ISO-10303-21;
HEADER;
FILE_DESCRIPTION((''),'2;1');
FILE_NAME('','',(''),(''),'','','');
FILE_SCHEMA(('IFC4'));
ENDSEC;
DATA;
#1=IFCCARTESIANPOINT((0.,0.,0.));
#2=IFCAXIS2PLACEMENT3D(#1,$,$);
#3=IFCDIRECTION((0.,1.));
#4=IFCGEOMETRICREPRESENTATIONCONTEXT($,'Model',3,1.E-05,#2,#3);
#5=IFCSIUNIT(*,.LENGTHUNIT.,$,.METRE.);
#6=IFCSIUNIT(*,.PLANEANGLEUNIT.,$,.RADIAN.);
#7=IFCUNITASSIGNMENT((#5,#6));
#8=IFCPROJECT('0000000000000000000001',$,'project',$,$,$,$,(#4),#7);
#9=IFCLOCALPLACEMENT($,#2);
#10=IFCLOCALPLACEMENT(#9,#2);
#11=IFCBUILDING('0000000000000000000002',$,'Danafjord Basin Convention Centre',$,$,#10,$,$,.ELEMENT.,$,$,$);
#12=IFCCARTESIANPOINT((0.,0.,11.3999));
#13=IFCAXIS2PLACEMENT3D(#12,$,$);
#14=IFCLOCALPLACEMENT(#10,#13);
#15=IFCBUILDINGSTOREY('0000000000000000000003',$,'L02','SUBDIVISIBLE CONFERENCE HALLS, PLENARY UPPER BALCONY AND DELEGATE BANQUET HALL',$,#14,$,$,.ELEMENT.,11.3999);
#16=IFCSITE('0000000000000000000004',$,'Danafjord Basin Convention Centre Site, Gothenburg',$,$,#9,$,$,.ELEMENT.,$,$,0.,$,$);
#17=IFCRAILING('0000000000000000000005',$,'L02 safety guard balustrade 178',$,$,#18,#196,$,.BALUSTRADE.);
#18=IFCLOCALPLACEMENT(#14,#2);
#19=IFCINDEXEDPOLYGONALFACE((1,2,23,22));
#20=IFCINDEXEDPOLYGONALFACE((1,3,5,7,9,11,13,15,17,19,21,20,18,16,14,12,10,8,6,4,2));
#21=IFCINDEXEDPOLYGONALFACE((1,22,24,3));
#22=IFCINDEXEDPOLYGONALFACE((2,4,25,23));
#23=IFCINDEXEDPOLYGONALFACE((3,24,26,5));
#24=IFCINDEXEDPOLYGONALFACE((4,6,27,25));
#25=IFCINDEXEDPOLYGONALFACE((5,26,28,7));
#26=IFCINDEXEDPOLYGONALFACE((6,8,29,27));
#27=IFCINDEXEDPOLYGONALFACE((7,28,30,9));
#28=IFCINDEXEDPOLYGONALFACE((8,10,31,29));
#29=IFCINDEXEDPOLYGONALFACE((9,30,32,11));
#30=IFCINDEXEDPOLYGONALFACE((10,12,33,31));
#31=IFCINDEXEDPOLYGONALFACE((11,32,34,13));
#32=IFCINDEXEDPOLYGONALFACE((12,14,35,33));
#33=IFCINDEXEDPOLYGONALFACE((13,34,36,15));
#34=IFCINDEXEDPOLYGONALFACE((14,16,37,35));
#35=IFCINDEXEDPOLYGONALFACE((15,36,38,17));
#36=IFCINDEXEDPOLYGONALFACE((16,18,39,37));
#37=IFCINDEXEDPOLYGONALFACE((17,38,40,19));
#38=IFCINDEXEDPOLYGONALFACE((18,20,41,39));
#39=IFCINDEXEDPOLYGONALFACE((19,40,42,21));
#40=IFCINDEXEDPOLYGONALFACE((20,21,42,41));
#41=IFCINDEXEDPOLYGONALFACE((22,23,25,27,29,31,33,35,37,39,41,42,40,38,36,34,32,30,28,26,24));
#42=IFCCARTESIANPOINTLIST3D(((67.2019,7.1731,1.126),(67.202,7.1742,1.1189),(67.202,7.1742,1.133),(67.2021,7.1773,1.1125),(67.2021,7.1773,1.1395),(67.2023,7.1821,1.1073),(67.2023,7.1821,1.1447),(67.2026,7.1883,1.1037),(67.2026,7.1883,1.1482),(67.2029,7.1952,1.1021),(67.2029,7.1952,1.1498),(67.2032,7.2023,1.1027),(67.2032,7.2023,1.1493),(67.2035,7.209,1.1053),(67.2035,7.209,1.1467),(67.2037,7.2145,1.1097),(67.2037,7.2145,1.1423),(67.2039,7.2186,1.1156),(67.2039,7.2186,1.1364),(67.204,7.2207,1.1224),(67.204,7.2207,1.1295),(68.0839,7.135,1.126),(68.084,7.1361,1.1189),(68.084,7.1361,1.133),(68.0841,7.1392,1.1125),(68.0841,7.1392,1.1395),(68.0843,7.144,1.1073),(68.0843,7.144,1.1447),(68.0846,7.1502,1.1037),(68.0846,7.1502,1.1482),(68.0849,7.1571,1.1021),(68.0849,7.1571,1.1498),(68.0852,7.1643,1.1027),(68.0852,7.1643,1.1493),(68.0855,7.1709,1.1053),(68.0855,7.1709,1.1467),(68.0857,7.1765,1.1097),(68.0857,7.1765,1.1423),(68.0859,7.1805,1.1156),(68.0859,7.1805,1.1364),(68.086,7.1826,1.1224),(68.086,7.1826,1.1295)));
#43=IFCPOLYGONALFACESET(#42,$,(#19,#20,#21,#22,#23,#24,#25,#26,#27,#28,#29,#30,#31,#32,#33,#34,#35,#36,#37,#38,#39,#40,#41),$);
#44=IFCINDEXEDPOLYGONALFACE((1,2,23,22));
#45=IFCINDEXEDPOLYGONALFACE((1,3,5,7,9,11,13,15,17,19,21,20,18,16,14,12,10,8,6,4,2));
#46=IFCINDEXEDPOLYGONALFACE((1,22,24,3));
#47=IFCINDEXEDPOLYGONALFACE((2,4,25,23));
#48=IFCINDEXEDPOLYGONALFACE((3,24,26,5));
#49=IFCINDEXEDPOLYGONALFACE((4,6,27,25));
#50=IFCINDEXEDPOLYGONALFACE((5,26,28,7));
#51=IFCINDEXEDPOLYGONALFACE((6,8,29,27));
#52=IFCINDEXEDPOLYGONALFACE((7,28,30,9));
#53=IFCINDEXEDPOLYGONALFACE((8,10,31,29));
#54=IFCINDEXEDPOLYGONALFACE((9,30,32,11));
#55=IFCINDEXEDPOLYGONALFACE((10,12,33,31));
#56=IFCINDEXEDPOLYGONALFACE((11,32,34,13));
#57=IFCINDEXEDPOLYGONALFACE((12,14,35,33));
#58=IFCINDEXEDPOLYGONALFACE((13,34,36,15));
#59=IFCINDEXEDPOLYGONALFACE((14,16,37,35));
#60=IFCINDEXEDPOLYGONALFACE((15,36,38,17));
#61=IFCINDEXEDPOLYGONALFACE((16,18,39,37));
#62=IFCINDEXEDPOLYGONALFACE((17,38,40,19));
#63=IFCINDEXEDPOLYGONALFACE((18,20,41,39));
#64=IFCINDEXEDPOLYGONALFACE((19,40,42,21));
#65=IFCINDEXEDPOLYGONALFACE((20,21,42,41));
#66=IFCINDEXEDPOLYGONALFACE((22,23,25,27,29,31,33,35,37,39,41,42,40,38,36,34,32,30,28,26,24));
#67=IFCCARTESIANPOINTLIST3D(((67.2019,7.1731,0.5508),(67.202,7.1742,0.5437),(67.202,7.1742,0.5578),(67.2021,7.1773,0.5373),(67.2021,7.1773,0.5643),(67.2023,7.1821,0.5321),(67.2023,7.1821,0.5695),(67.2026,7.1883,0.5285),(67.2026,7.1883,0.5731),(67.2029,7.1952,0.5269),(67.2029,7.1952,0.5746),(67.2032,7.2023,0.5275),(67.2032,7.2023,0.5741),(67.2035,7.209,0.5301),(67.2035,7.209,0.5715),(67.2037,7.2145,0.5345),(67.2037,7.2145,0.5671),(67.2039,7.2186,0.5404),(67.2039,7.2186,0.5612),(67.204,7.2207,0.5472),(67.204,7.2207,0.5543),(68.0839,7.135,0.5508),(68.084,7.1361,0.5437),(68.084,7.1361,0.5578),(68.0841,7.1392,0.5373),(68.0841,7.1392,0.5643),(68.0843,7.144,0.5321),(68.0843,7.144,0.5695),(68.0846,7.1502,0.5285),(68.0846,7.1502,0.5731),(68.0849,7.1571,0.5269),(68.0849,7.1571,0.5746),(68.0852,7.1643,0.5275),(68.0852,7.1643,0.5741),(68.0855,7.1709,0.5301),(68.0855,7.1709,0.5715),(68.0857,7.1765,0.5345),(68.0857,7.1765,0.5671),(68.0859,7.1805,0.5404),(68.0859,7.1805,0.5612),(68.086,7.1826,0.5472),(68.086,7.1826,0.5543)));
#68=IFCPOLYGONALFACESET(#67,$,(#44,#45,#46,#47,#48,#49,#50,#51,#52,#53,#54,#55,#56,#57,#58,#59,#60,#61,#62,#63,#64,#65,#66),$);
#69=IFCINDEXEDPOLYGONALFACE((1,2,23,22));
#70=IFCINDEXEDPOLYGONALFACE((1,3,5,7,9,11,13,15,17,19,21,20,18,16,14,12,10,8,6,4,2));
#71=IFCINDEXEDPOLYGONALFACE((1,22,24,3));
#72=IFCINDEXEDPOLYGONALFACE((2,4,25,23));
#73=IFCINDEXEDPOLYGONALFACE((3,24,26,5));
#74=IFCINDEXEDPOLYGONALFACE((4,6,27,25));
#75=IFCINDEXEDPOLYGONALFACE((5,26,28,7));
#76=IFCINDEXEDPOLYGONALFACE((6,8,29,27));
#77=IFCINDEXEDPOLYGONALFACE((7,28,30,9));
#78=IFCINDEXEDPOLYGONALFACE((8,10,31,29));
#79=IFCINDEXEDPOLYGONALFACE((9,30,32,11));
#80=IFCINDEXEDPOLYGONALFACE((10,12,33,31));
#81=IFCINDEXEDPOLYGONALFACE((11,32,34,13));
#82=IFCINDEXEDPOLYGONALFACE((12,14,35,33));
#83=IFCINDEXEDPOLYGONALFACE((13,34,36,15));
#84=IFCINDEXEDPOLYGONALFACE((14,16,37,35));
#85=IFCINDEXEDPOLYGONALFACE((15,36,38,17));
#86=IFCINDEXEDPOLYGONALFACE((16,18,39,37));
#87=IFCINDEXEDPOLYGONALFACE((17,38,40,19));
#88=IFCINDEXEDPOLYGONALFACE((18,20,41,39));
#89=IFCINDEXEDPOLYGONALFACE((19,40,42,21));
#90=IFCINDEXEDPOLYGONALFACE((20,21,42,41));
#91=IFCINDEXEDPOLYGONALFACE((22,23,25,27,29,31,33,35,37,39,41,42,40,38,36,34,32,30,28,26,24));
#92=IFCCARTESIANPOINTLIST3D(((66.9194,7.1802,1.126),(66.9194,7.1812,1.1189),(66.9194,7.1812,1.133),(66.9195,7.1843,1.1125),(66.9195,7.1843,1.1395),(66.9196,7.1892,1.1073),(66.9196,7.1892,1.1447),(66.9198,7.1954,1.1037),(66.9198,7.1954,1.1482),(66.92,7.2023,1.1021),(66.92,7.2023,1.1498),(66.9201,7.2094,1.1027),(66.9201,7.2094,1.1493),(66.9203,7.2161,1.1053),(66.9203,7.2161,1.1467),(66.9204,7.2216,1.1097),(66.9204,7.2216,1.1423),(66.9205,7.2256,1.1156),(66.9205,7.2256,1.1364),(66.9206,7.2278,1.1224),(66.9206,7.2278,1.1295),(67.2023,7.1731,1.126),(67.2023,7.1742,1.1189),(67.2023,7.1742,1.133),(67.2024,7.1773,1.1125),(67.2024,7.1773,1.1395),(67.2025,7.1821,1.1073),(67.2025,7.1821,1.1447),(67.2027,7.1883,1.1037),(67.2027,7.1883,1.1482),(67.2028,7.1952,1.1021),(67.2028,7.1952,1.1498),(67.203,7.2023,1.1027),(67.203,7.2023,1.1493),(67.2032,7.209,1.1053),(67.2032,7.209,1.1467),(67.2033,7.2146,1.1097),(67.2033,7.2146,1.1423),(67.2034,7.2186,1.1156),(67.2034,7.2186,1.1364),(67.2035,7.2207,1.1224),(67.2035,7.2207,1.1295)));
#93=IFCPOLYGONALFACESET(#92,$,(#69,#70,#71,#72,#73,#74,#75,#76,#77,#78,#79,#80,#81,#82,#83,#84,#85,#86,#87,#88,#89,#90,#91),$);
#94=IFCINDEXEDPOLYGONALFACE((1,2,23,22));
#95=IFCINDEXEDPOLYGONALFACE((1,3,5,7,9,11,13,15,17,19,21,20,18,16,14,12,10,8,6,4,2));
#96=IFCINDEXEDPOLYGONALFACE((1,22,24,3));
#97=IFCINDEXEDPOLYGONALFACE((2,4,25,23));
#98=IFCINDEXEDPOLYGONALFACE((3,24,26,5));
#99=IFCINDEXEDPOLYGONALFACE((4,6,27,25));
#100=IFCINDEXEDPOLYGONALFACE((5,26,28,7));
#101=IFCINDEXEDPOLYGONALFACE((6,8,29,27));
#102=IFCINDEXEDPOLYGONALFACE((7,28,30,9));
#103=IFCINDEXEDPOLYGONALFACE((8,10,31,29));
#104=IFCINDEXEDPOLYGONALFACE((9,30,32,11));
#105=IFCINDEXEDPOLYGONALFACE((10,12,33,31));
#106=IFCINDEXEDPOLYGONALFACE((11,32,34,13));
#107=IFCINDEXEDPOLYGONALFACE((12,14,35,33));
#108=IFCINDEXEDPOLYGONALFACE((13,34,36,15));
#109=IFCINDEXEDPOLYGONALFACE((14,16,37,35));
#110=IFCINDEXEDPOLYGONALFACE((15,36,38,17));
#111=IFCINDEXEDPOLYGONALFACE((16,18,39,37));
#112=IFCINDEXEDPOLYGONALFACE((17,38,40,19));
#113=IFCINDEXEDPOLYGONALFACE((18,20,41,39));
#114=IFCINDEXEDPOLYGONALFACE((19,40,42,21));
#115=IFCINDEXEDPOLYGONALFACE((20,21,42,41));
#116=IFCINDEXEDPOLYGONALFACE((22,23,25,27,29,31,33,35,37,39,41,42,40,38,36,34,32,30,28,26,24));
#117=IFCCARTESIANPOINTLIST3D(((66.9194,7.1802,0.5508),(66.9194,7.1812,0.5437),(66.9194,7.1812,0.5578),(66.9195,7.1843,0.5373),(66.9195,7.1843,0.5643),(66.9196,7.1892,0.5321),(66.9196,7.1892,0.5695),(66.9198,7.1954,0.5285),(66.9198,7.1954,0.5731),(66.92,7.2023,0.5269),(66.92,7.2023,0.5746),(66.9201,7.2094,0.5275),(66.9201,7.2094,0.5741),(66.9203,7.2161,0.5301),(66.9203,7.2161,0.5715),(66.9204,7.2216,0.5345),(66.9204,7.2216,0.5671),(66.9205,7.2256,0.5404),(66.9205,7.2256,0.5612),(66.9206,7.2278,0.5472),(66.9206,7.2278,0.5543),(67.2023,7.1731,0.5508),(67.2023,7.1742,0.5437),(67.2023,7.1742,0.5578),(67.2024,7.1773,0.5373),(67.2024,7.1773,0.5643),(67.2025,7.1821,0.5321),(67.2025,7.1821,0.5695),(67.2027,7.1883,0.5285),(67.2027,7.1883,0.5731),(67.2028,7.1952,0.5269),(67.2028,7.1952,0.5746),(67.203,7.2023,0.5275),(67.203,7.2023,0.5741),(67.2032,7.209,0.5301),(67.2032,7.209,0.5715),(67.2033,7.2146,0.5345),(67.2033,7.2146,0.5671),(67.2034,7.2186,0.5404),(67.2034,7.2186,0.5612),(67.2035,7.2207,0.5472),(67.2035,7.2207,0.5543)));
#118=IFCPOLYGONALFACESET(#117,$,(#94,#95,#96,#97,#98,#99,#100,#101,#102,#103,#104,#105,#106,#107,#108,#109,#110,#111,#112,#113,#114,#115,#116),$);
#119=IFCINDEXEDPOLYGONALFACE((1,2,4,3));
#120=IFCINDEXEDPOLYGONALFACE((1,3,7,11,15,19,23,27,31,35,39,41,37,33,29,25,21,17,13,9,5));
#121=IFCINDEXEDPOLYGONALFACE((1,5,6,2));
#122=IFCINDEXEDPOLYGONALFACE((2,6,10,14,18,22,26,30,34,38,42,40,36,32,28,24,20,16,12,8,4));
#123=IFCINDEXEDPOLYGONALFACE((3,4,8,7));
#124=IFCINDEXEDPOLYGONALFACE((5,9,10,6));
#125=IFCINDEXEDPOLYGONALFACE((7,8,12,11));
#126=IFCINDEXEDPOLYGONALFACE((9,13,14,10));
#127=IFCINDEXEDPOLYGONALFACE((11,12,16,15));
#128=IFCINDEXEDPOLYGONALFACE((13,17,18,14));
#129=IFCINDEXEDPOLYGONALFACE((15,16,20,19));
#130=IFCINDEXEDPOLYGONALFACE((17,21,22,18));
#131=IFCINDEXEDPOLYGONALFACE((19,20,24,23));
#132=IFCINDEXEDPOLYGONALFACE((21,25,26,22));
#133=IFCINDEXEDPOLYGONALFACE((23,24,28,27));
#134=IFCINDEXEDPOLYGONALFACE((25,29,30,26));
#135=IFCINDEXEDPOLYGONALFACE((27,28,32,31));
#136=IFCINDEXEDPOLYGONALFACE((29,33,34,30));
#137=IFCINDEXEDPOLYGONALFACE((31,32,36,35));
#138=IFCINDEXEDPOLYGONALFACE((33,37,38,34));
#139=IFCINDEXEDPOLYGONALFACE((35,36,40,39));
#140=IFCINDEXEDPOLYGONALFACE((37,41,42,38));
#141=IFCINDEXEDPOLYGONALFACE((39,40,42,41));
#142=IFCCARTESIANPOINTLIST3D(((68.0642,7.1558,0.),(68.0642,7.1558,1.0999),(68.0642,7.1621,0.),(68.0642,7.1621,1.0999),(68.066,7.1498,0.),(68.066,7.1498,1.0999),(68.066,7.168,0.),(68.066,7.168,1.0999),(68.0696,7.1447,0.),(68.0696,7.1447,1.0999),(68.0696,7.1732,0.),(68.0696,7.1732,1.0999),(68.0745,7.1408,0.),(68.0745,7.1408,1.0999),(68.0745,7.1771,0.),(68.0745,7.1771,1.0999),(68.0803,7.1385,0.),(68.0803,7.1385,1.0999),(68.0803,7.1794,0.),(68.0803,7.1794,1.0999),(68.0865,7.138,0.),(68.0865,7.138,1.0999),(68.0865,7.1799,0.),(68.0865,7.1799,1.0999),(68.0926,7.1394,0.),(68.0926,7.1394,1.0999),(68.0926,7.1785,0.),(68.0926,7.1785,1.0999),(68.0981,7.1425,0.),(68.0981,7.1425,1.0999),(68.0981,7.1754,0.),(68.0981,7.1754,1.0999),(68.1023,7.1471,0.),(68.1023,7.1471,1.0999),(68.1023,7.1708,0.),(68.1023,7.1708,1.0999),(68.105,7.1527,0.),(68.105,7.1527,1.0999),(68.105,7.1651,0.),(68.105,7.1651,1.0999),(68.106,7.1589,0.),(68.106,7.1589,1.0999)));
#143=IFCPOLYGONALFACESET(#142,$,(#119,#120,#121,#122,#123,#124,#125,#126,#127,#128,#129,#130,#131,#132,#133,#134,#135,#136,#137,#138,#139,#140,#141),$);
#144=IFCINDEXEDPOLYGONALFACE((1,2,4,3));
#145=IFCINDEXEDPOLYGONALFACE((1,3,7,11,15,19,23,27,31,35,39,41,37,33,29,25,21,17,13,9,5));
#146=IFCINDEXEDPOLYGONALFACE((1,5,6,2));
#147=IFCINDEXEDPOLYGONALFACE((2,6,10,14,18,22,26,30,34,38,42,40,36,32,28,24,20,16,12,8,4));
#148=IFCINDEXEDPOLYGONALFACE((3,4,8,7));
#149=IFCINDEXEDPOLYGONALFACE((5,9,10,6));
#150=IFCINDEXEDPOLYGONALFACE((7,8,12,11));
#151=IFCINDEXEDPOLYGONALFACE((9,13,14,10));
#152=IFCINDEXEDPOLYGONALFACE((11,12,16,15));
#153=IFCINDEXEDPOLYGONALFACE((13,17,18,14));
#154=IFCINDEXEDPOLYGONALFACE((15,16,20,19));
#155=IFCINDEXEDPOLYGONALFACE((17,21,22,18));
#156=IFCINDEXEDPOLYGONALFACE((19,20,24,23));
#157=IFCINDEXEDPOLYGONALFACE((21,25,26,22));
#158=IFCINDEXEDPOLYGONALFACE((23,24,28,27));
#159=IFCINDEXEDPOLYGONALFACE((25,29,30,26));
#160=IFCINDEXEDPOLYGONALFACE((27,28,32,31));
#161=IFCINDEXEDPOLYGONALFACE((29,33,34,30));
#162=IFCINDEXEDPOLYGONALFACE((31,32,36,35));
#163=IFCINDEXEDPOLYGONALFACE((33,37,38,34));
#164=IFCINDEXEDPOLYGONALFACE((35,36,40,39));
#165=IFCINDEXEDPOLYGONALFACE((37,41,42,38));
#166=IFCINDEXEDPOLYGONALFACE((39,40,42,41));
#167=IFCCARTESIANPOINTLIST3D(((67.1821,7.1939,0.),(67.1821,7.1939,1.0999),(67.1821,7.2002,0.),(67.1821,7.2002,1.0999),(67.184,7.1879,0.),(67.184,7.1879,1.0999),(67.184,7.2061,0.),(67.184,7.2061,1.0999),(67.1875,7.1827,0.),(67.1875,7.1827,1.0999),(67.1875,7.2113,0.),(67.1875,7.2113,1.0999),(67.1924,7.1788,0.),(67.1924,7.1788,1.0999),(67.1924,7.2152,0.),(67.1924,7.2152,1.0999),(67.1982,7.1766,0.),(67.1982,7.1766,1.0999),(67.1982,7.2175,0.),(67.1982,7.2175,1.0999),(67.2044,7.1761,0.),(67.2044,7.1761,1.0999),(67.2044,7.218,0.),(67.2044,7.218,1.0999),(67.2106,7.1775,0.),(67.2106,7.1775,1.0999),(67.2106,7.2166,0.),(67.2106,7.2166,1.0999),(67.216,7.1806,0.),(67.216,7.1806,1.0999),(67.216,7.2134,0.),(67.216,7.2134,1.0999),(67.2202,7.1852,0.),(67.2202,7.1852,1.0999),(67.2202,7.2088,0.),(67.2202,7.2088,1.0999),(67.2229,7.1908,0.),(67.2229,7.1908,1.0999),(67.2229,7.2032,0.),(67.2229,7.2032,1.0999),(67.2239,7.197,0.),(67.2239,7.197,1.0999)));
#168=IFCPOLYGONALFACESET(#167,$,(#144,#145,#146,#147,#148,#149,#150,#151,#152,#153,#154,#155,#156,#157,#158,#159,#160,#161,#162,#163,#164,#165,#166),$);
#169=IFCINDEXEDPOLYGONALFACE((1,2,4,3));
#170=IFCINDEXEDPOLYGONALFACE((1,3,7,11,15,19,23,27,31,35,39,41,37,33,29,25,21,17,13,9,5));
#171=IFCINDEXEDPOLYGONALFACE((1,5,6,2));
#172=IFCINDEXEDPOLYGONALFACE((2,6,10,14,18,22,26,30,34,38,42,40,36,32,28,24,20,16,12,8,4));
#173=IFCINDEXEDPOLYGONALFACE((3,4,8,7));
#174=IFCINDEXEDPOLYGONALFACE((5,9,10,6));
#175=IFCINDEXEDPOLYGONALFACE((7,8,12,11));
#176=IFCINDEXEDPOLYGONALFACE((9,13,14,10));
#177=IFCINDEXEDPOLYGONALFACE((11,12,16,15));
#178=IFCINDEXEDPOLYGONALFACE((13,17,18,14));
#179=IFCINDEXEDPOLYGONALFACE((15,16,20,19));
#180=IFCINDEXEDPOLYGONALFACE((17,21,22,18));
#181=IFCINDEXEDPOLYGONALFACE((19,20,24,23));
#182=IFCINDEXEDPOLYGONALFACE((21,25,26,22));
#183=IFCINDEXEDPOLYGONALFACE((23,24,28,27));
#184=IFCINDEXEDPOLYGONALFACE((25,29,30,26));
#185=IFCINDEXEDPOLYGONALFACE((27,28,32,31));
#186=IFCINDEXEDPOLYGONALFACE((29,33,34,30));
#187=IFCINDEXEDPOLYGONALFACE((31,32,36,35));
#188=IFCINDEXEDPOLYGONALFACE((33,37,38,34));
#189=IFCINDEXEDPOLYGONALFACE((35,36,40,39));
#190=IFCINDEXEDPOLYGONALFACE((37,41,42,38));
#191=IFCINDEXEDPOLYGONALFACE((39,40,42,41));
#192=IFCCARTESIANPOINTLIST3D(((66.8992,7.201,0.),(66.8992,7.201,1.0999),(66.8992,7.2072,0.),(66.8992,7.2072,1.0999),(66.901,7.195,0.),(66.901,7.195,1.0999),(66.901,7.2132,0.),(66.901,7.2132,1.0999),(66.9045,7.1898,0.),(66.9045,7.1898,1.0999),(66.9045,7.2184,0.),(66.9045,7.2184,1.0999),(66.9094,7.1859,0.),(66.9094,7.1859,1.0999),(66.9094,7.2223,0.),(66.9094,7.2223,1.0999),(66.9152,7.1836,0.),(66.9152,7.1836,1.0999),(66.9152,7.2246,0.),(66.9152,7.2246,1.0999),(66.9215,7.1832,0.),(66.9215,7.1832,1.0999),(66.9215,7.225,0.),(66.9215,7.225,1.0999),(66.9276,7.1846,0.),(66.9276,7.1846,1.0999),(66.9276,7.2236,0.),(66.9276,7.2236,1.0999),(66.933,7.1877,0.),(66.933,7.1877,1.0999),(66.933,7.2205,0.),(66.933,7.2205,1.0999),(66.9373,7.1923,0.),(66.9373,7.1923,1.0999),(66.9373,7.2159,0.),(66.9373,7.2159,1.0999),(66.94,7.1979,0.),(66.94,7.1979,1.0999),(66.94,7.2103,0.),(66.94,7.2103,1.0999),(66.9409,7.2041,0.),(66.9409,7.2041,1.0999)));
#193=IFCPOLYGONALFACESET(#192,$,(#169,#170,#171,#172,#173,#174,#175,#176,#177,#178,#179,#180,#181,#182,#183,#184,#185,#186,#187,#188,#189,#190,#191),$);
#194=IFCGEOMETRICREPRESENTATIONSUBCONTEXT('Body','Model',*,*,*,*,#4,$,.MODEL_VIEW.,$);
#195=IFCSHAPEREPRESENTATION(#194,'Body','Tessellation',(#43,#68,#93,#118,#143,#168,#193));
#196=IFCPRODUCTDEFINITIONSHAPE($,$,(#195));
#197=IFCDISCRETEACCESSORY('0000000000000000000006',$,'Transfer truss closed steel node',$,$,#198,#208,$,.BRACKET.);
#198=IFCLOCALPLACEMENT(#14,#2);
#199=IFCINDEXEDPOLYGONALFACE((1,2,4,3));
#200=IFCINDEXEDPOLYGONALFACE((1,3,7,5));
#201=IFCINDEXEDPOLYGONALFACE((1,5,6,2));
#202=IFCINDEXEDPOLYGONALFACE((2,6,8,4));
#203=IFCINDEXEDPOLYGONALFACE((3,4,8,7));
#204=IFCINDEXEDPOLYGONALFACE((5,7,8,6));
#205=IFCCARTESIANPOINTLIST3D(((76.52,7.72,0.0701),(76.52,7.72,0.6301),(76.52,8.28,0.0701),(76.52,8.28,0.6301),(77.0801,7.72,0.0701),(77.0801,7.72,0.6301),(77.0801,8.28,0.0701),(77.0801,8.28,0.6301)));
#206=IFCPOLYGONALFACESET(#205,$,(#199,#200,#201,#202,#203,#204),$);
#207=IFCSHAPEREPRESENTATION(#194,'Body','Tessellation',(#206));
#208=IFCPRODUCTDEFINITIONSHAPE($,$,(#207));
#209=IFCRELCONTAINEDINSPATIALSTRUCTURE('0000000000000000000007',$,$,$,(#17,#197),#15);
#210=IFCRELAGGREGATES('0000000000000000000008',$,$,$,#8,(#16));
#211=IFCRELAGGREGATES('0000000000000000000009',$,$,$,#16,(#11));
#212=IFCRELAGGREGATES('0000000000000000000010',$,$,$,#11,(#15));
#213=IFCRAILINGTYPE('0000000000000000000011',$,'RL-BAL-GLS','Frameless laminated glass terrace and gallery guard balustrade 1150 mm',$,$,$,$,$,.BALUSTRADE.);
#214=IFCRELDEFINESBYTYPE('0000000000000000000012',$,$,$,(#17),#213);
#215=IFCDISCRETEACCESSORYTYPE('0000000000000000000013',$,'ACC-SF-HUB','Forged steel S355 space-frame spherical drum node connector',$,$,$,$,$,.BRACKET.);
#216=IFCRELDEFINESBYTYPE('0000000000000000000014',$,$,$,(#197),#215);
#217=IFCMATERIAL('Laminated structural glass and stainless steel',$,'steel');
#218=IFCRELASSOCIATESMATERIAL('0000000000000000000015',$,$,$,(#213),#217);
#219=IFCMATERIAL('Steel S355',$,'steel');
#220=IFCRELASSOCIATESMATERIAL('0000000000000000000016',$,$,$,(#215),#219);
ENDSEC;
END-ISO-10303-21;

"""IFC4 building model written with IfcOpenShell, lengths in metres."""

from ifc_helpers import new_model, si_unit, direction, frame, origin, origin_2d, place, context, subcontext, project, spatial, rectangle, circle, extrude, material, type_object, element, save


model = new_model("IFC4")

# Units and contexts
model_context = context("Model", 3, precision=1e-05, world=origin(), true_north=direction((0.0, 1.0)))
body_context = subcontext(model_context, "Body", "Model", "MODEL_VIEW")
ifc_project = project(units=[si_unit("LENGTHUNIT", "METRE"), si_unit("PLANEANGLEUNIT", "RADIAN")], contexts=[model_context])

# Site, building, storey
site_placement = place(None, origin())
site = spatial("IfcSite", under=ifc_project, at=site_placement, Name="Danafjord Basin Convention Centre Site, Gothenburg", CompositionType="ELEMENT", RefElevation=0.0)
building_placement = place(site_placement, origin())
building = spatial("IfcBuilding", under=site, at=building_placement, Name="Danafjord Basin Convention Centre", CompositionType="ELEMENT")
storey_placement = place(building_placement, frame((0.0, 0.0, 11.3999)))
storey = spatial("IfcBuildingStorey", under=building, at=storey_placement, Name="L02", Description="SUBDIVISIBLE CONFERENCE HALLS, PLENARY UPPER BALCONY AND DELEGATE BANQUET HALL", CompositionType="ELEMENT", Elevation=11.3999)

# Shared definitions
ifc_material_1 = material(Name="Steel S355", Category="steel")

# Railing
ifc_material_2 = material(Name="Laminated structural glass and stainless steel", Category="steel")
railing_type = type_object("IfcRailingType", Name="RL-BAL-GLS", Description="Frameless laminated glass terrace and gallery guard balustrade 1150 mm", PredefinedType="BALUSTRADE", material=ifc_material_2)
railing_placement = place(storey_placement, frame((68.085, 7.1589, 0.0)))
element("IfcRailing", 1, at=railing_placement, inside=storey, type_object=railing_type, Name="L02 safety guard balustrade 178", PredefinedType="BALUSTRADE", context=body_context, shape_type="SweptSolid", body=[
    extrude(circle(Radius=0.0239, at=origin_2d()), frame((0.0, 0.0, 1.126), z_axis=(-0.999069, 0.043137, 0.0), x_axis=(-0.043137, -0.999069, 0.0)), (0.0, 0.0, 1.0), 0.8828),
    extrude(circle(Radius=0.0239, at=origin_2d()), frame((0.0, 0.0, 0.5508), z_axis=(-0.999069, 0.043137, 0.0), x_axis=(-0.043137, -0.999069, 0.0)), (0.0, 0.0, 1.0), 0.8828),
    extrude(circle(Radius=0.0239, at=origin_2d()), frame((-0.8821, 0.0381, 1.126), z_axis=(-0.999687, 0.025014, 0.0), x_axis=(-0.025014, -0.999687, 0.0)), (0.0, 0.0, 1.0), 0.283),
    extrude(circle(Radius=0.0239, at=origin_2d()), frame((-0.8821, 0.0381, 0.5508), z_axis=(-0.999687, 0.025014, 0.0), x_axis=(-0.025014, -0.999687, 0.0)), (0.0, 0.0, 1.0), 0.283),
    extrude(circle(Radius=0.021, at=origin_2d()), origin(), (0.0, 0.0, 1.0), 1.0999),
    extrude(circle(Radius=0.021, at=origin_2d()), frame((-0.8821, 0.0381, 0.0)), (0.0, 0.0, 1.0), 1.0999),
    extrude(circle(Radius=0.021, at=origin_2d()), frame((-1.165, 0.0452, 0.0)), (0.0, 0.0, 1.0), 1.0999),
])

# Discrete accessory
discrete_accessory_type = type_object("IfcDiscreteAccessoryType", Name="ACC-SF-HUB", Description="Forged steel S355 space-frame spherical drum node connector", PredefinedType="BRACKET", material=ifc_material_1)
for number, where, z_axis, x_axis, name in (
    (2, (76.8, 8.0, 0.0701), (0.0, 0.0, 1.0), (1.0, 0.0, 0.0), "Transfer truss closed steel node"),
):
    element("IfcDiscreteAccessory", number, at=place(storey_placement, frame(where, z_axis=z_axis, x_axis=x_axis)), inside=storey, type_object=discrete_accessory_type, Name=name, PredefinedType="BRACKET", context=body_context, shape_type="SweptSolid", body=[
        extrude(rectangle(XDim=0.5601, YDim=0.5601, at=origin_2d()), origin(), (0.0, 0.0, 1.0), 0.5601),
    ])

save(model, "model.ifc")
